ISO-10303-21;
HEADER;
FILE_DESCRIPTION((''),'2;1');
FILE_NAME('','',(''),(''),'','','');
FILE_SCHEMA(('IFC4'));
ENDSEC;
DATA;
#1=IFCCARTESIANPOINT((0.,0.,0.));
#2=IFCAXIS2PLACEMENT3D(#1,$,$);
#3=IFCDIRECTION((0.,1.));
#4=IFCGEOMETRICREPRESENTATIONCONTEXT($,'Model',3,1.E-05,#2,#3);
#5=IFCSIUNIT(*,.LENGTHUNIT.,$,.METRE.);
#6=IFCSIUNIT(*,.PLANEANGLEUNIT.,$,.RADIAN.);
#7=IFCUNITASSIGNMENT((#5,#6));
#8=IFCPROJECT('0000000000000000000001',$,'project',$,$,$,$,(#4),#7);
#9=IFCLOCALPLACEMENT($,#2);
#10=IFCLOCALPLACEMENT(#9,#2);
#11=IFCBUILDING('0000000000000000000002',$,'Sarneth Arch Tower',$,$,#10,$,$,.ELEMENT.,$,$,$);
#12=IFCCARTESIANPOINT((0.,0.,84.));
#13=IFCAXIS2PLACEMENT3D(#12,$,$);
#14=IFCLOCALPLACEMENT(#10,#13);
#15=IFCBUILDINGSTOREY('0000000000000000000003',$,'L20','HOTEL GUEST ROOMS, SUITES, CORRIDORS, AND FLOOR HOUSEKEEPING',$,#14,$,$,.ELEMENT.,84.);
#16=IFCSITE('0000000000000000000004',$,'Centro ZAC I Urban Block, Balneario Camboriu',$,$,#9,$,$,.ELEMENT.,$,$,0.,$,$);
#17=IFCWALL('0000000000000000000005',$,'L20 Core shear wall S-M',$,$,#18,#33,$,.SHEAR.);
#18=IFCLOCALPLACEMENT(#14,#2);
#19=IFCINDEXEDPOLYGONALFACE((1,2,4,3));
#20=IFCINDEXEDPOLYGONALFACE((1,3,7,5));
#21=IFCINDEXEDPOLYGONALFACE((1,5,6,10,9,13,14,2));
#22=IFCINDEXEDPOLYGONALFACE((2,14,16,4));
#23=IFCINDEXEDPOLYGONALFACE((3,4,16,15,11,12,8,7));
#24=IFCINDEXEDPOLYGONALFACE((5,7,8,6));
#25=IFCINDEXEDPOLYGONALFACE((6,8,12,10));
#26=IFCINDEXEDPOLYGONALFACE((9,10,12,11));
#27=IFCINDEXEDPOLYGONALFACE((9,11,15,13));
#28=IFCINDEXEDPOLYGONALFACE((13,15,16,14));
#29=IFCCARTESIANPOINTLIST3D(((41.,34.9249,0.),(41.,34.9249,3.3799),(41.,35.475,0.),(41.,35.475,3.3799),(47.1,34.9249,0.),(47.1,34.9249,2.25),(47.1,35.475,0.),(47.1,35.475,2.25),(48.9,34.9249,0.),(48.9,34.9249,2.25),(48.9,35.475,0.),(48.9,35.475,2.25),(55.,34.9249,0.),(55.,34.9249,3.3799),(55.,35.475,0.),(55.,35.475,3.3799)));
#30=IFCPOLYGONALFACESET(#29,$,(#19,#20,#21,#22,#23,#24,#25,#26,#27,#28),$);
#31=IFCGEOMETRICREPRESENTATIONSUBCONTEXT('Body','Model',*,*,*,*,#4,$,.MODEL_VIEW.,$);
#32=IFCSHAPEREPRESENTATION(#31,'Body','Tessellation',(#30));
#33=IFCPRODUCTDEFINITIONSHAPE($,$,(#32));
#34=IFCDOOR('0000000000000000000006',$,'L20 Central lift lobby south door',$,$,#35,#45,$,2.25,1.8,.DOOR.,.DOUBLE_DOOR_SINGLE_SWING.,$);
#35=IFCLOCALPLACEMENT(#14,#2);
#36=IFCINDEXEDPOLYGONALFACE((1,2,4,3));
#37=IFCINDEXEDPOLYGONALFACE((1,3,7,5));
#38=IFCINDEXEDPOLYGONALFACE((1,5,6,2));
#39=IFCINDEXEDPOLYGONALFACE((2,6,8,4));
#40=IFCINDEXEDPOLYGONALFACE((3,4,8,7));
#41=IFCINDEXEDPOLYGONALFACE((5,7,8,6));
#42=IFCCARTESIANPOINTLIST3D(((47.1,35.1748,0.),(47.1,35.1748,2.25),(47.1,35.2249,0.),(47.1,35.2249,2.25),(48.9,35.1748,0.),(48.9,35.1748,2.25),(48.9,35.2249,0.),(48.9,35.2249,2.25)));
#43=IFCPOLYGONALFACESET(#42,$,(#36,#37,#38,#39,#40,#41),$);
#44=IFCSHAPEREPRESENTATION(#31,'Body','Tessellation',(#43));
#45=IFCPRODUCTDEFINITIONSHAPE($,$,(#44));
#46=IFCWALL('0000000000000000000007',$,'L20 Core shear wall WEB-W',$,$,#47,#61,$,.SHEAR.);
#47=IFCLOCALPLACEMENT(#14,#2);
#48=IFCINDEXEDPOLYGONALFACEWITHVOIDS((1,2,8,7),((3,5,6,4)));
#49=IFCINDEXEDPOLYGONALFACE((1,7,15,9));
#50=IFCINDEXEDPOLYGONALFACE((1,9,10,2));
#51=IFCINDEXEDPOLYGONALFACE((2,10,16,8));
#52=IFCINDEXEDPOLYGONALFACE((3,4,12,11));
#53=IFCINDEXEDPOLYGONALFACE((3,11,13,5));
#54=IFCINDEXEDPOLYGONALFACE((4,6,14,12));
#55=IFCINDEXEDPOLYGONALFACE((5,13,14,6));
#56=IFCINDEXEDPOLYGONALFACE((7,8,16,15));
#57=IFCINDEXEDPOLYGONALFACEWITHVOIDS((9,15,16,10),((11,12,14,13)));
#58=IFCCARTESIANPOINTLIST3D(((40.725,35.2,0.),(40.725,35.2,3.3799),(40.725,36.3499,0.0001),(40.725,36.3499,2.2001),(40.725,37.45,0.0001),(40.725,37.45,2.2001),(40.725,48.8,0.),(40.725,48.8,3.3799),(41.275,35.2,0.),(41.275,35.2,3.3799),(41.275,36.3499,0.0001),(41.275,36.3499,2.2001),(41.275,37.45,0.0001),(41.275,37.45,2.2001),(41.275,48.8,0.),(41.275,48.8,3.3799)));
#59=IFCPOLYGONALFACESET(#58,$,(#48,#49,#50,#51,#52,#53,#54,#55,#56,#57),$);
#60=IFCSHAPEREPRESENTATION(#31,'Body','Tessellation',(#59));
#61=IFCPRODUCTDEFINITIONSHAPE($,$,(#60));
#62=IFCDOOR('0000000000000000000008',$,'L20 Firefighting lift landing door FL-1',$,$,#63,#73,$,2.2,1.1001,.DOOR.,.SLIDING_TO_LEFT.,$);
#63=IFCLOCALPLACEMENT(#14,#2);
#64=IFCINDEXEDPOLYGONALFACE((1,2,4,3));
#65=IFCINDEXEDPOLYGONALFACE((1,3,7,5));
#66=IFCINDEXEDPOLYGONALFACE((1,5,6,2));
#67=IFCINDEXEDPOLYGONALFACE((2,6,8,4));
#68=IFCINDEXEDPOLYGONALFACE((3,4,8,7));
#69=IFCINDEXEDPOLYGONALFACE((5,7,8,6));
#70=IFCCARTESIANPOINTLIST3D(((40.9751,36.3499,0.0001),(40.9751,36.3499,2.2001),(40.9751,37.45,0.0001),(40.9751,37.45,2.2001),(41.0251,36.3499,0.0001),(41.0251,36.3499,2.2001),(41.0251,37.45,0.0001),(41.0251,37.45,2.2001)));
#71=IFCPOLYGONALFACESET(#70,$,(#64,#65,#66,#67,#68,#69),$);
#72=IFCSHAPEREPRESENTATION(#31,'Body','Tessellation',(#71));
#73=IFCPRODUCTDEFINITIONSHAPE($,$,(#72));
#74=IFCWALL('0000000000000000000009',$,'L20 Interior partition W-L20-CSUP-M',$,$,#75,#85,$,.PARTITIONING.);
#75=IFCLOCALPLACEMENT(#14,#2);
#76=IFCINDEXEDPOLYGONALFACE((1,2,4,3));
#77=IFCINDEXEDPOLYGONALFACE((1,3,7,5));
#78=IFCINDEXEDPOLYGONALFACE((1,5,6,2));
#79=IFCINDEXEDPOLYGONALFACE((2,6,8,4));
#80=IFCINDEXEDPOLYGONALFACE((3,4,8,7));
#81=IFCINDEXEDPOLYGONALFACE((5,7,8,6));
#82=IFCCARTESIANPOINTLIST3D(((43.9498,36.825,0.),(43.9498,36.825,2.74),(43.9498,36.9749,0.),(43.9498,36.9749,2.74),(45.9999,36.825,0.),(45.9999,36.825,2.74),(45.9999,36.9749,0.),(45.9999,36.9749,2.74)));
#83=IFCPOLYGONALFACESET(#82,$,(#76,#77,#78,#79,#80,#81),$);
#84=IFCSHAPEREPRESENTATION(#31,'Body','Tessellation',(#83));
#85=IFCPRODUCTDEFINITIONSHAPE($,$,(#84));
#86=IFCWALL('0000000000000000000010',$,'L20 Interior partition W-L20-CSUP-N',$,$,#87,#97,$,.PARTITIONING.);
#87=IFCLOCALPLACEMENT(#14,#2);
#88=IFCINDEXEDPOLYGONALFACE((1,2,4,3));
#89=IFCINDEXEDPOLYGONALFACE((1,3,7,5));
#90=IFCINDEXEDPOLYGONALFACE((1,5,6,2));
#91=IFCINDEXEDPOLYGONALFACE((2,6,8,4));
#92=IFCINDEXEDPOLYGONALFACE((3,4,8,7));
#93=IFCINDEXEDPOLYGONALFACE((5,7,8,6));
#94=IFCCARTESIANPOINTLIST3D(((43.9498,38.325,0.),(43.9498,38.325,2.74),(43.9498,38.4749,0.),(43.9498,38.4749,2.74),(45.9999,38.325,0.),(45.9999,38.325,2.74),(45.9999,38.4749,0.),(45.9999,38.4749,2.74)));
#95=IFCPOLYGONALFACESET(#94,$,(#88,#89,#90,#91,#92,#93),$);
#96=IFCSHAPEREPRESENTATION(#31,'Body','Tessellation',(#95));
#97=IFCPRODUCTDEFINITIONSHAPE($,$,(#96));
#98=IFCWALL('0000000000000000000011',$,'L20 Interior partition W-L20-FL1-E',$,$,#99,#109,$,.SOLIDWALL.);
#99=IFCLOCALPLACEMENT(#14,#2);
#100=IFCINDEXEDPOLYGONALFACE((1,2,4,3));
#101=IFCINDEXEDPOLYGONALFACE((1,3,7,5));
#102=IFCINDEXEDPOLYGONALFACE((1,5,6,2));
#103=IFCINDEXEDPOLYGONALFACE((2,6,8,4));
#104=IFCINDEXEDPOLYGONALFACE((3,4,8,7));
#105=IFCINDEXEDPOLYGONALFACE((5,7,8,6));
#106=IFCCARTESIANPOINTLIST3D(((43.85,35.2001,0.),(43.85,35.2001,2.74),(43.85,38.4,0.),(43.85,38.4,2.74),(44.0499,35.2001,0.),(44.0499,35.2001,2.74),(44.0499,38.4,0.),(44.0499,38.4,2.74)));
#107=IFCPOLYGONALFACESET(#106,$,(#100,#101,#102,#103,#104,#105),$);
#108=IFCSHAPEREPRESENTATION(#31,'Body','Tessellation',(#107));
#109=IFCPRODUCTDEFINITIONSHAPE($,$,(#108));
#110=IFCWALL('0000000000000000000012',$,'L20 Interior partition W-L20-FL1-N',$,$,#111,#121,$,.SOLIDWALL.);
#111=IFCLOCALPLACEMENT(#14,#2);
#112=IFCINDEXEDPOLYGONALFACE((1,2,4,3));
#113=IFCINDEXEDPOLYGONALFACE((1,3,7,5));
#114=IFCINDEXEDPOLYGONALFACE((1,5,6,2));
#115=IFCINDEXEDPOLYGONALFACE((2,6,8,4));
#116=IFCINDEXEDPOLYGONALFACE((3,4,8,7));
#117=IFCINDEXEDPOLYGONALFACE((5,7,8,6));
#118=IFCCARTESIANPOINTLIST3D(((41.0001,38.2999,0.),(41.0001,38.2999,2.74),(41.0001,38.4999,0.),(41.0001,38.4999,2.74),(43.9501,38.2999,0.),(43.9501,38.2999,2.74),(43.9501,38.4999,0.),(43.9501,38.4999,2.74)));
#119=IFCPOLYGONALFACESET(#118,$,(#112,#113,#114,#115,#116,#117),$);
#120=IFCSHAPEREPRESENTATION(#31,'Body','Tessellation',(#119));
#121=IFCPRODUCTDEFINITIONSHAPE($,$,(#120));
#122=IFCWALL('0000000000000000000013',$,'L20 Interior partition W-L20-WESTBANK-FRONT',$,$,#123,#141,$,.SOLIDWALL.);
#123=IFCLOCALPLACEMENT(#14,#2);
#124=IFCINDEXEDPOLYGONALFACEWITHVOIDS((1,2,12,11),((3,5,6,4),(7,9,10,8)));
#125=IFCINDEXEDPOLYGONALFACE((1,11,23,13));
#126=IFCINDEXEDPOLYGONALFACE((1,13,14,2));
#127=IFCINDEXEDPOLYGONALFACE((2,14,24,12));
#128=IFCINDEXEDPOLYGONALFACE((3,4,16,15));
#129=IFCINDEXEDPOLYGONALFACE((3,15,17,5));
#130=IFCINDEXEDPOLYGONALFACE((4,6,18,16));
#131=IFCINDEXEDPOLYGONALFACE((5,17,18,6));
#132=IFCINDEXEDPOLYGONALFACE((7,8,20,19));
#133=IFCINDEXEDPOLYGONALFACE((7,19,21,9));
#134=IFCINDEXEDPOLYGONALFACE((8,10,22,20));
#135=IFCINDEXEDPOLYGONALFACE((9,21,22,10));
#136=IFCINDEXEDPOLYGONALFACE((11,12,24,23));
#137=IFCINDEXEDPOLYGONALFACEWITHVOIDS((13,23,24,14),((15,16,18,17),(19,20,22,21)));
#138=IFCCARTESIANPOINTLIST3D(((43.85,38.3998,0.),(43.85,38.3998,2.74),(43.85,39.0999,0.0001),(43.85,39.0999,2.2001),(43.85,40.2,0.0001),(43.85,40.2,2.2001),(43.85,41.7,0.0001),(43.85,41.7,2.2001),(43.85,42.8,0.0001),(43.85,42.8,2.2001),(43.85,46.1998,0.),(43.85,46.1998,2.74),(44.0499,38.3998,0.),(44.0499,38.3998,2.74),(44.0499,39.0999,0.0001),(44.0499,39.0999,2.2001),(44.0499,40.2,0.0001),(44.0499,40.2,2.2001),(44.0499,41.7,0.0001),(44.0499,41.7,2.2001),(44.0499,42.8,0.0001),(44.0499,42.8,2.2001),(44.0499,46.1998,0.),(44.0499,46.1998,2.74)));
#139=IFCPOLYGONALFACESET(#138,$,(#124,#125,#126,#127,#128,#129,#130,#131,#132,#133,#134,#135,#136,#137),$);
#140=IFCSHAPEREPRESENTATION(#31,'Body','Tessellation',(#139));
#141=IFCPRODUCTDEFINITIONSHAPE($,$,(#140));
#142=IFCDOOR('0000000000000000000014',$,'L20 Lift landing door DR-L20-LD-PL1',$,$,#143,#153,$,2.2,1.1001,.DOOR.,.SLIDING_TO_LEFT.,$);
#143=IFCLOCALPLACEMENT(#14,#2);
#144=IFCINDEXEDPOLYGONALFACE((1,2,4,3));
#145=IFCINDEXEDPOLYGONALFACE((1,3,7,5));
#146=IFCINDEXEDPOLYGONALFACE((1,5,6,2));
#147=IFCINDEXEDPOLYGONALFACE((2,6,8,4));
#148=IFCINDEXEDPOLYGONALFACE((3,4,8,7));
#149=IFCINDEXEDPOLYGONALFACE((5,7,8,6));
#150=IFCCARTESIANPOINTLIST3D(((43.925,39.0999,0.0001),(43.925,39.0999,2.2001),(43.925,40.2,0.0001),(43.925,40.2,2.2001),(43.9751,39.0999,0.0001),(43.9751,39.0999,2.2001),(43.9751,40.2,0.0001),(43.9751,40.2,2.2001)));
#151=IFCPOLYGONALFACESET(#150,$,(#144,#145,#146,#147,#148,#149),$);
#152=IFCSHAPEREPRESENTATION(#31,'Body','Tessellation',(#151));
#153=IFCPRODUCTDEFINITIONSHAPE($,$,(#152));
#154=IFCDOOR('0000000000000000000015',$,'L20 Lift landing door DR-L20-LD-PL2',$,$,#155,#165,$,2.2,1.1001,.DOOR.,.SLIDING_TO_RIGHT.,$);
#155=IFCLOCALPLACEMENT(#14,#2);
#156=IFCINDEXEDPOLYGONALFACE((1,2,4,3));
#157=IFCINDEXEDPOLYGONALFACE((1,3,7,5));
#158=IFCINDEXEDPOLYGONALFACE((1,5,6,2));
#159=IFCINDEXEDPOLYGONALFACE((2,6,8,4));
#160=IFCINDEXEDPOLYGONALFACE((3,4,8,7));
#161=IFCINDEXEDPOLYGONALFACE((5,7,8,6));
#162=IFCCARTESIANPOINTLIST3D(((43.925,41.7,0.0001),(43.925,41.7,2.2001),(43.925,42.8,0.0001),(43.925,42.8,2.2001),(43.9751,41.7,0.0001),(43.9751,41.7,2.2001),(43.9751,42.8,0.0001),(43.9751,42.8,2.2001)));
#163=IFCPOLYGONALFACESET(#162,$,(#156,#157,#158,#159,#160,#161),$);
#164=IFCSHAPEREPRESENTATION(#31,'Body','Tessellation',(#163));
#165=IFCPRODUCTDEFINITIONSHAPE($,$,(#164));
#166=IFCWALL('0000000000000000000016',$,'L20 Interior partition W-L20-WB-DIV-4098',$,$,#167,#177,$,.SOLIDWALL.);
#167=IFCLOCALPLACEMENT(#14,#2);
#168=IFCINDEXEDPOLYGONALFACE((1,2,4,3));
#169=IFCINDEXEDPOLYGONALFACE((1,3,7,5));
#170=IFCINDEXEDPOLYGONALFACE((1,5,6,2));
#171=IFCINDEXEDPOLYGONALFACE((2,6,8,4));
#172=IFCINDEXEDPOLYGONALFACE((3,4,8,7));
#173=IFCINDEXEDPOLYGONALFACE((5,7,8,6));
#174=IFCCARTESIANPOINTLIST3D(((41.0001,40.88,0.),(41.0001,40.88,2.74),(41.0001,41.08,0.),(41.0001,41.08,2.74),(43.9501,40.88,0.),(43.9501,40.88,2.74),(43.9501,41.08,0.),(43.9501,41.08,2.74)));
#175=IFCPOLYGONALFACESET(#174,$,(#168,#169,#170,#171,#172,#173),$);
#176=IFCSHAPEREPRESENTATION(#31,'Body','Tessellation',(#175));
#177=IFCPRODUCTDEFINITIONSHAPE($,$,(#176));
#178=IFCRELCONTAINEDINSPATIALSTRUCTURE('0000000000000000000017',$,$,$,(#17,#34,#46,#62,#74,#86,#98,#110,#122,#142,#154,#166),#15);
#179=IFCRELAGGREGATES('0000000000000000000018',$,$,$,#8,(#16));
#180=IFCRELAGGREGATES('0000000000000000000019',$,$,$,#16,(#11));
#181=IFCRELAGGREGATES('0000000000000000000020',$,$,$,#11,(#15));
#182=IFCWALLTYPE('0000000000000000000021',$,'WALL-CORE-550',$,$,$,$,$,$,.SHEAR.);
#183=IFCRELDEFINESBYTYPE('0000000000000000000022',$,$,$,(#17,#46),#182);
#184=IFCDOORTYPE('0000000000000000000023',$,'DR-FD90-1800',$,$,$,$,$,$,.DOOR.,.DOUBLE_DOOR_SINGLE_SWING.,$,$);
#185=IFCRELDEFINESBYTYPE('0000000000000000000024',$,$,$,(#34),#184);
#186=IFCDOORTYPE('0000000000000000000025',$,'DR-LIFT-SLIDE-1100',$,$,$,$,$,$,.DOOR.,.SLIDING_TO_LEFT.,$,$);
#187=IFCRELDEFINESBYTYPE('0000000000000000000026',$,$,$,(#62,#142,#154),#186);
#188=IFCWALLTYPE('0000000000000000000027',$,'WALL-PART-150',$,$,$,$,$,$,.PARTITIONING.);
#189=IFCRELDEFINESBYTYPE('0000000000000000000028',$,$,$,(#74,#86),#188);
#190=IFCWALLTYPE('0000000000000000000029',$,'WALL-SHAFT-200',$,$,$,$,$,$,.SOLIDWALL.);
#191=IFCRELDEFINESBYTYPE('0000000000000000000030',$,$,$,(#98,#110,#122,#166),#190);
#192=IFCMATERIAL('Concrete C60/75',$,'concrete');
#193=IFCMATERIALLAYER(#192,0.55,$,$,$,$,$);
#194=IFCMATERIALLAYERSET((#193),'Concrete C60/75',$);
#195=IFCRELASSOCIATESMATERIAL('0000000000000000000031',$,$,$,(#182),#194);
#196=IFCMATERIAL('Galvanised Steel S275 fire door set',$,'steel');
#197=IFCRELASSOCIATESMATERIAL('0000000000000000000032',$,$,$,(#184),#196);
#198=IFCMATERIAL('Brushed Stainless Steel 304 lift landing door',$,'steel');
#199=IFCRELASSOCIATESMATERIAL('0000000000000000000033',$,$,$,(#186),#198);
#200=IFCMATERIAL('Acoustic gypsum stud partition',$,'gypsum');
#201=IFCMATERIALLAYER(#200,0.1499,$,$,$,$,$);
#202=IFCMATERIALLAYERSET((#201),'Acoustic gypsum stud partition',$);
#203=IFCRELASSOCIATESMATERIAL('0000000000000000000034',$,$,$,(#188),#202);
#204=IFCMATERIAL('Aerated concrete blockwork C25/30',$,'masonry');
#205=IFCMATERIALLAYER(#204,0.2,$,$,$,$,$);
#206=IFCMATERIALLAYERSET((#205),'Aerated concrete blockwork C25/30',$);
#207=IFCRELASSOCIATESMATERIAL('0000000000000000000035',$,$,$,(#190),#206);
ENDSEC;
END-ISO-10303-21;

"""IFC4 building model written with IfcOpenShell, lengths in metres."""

from ifc_helpers import new_model, si_unit, direction, frame, frame_2d, origin, place, context, subcontext, project, spatial, rectangle, extrude, material, layer, layer_set, type_object, element, fill, save


model = new_model("IFC4")

# Units and contexts
model_context = context("Model", 3, precision=1e-05, world=origin(), true_north=direction((0.0, 1.0)))
body_context = subcontext(model_context, "Body", "Model", "MODEL_VIEW")
ifc_project = project(units=[si_unit("LENGTHUNIT", "METRE"), si_unit("PLANEANGLEUNIT", "RADIAN")], contexts=[model_context])

# Site, building, storey
site_placement = place(None, origin())
site = spatial("IfcSite", under=ifc_project, at=site_placement, Name="Centro ZAC I Urban Block, Balneario Camboriu", CompositionType="ELEMENT", RefElevation=0.0)
building_placement = place(site_placement, origin())
building = spatial("IfcBuilding", under=site, at=building_placement, Name="Sarneth Arch Tower", CompositionType="ELEMENT")
storey_placement = place(building_placement, frame((0.0, 0.0, 84.0)))
storey = spatial("IfcBuildingStorey", under=building, at=storey_placement, Name="L20", Description="HOTEL GUEST ROOMS, SUITES, CORRIDORS, AND FLOOR HOUSEKEEPING", CompositionType="ELEMENT", Elevation=84.0)

# Shared definitions
ifc_material_1 = material(Name="Concrete C60/75", Category="concrete")
ifc_layer_1 = layer(ifc_material_1, 0.55)
ifc_layer_set_1 = layer_set([ifc_layer_1], Name="Concrete C60/75")
wall_type_1 = type_object("IfcWallType", Name="WALL-CORE-550", PredefinedType="SHEAR", material=ifc_layer_set_1)

# Walls, openings, doors
wall_1_placement = place(storey_placement, frame((41.0, 35.2, 0.0), z_axis=(0.0, 0.0, 1.0), x_axis=(1.0, 0.0, 0.0)))
wall_1 = element("IfcWall", 1, at=wall_1_placement, inside=storey, type_object=wall_type_1, Name="L20 Core shear wall S-M", PredefinedType="SHEAR", context=body_context, shape_type="SweptSolid", body=[
    extrude(rectangle(XDim=14.0, YDim=0.55, at=frame_2d((7.0, 0.0))), origin(), (0.0, 0.0, 1.0), 3.3799),
])
opening_1_placement = place(wall_1_placement, frame((6.1001, 0.0, 0.0)))
opening_1 = element("IfcOpeningElement", 2, at=opening_1_placement, cuts=wall_1, PredefinedType="OPENING", context=body_context, shape_type="SweptSolid", body=[
    extrude(rectangle(XDim=1.8, YDim=2.25, at=frame_2d((0.8999, 1.125))), frame((0.0, 0.2849, 0.0), z_axis=(0.0, -1.0, 0.0), x_axis=(1.0, 0.0, 0.0)), (0.0, 0.0, 1.0), 0.5701),
])
ifc_material_2 = material(Name="Galvanised Steel S275 fire door set", Category="steel")
door_type_1 = type_object("IfcDoorType", Name="DR-FD90-1800", OperationType="DOUBLE_DOOR_SINGLE_SWING", PredefinedType="DOOR", material=ifc_material_2)
door_1_placement = place(opening_1_placement, origin())
door_1 = element("IfcDoor", 3, at=door_1_placement, inside=storey, type_object=door_type_1, Name="L20 Central lift lobby south door", OperationType="DOUBLE_DOOR_SINGLE_SWING", OverallHeight=2.25, OverallWidth=1.8, PredefinedType="DOOR", context=body_context, shape_type="SweptSolid", body=[
    extrude(rectangle(XDim=1.8, YDim=2.25, at=frame_2d((0.8999, 1.125))), frame((0.0, 0.0249, 0.0), z_axis=(0.0, -1.0, 0.0), x_axis=(1.0, 0.0, 0.0)), (0.0, 0.0, 1.0), 0.05),
])
fill(opening_1, door_1)
wall_2_placement = place(storey_placement, frame((41.0, 35.2, 0.0), z_axis=(0.0, 0.0, 1.0), x_axis=(0.0, 1.0, 0.0)))
wall_2 = element("IfcWall", 4, at=wall_2_placement, inside=storey, type_object=wall_type_1, Name="L20 Core shear wall WEB-W", PredefinedType="SHEAR", context=body_context, shape_type="SweptSolid", body=[
    extrude(rectangle(XDim=13.6001, YDim=0.55, at=frame_2d((6.8, 0.0))), origin(), (0.0, 0.0, 1.0), 3.3799),
])
opening_2_placement = place(wall_2_placement, frame((1.1499, 0.0, 0.0)))
opening_2 = element("IfcOpeningElement", 5, at=opening_2_placement, cuts=wall_2, PredefinedType="OPENING", context=body_context, shape_type="SweptSolid", body=[
    extrude(rectangle(XDim=1.1001, YDim=2.2, at=frame_2d((0.55, 1.1001))), frame((0.0, 0.2849, 0.0), z_axis=(0.0, -1.0, 0.0), x_axis=(1.0, 0.0, 0.0)), (0.0, 0.0, 1.0), 0.5701),
])
ifc_material_3 = material(Name="Brushed Stainless Steel 304 lift landing door", Category="steel")
door_type_2 = type_object("IfcDoorType", Name="DR-LIFT-SLIDE-1100", OperationType="SLIDING_TO_LEFT", PredefinedType="DOOR", material=ifc_material_3)
door_2_placement = place(opening_2_placement, origin())
door_2 = element("IfcDoor", 6, at=door_2_placement, inside=storey, type_object=door_type_2, Name="L20 Firefighting lift landing door FL-1", OperationType="SLIDING_TO_LEFT", OverallHeight=2.2, OverallWidth=1.1001, PredefinedType="DOOR", context=body_context, shape_type="SweptSolid", body=[
    extrude(rectangle(XDim=1.1001, YDim=2.2, at=frame_2d((0.55, 1.1001))), frame((0.0, 0.0249, 0.0), z_axis=(0.0, -1.0, 0.0), x_axis=(1.0, 0.0, 0.0)), (0.0, 0.0, 1.0), 0.05),
])
fill(opening_2, door_2)

# Walls
ifc_material_4 = material(Name="Acoustic gypsum stud partition", Category="gypsum")
ifc_layer_2 = layer(ifc_material_4, 0.1499)
ifc_layer_set_2 = layer_set([ifc_layer_2], Name="Acoustic gypsum stud partition")
wall_type_2 = type_object("IfcWallType", Name="WALL-PART-150", PredefinedType="PARTITIONING", material=ifc_layer_set_2)
for number, where, z_axis, x_axis, name in (
    (7, (43.95, 36.8999, 0.0), (0.0, 0.0, 1.0), (1.0, 0.0, 0.0), "L20 Interior partition W-L20-CSUP-M"),
    (8, (43.95, 38.3999, 0.0), (0.0, 0.0, 1.0), (1.0, 0.0, 0.0), "L20 Interior partition W-L20-CSUP-N"),
):
    element("IfcWall", number, at=place(storey_placement, frame(where, z_axis=z_axis, x_axis=x_axis)), inside=storey, type_object=wall_type_2, Name=name, PredefinedType="PARTITIONING", context=body_context, shape_type="SweptSolid", body=[
        extrude(rectangle(XDim=2.05, YDim=0.1499, at=frame_2d((1.0249, 0.0))), origin(), (0.0, 0.0, 1.0), 2.74),
    ])

# Shared definitions
ifc_material_5 = material(Name="Aerated concrete blockwork C25/30", Category="masonry")
ifc_layer_3 = layer(ifc_material_5, 0.2)
ifc_layer_set_3 = layer_set([ifc_layer_3], Name="Aerated concrete blockwork C25/30")
wall_type_3 = type_object("IfcWallType", Name="WALL-SHAFT-200", PredefinedType="SOLIDWALL", material=ifc_layer_set_3)

# Walls
wall_3_placement = place(storey_placement, frame((43.95, 35.2, 0.0), z_axis=(0.0, 0.0, 1.0), x_axis=(0.0, 1.0, 0.0)))
element("IfcWall", 9, at=wall_3_placement, inside=storey, type_object=wall_type_3, Name="L20 Interior partition W-L20-FL1-E", PredefinedType="SOLIDWALL", context=body_context, shape_type="SweptSolid", body=[
    extrude(rectangle(XDim=3.2, YDim=0.2, at=frame_2d((1.6001, 0.0))), origin(), (0.0, 0.0, 1.0), 2.74),
])
wall_4_placement = place(storey_placement, frame((41.0, 38.3999, 0.0), z_axis=(0.0, 0.0, 1.0), x_axis=(1.0, 0.0, 0.0)))
element("IfcWall", 10, at=wall_4_placement, inside=storey, type_object=wall_type_3, Name="L20 Interior partition W-L20-FL1-N", PredefinedType="SOLIDWALL", context=body_context, shape_type="SweptSolid", body=[
    extrude(rectangle(XDim=2.95, YDim=0.2, at=frame_2d((1.4751, 0.0))), origin(), (0.0, 0.0, 1.0), 2.74),
])

# Wall, openings, doors
wall_5_placement = place(storey_placement, frame((43.95, 38.3999, 0.0), z_axis=(0.0, 0.0, 1.0), x_axis=(0.0, 1.0, 0.0)))
wall_5 = element("IfcWall", 11, at=wall_5_placement, inside=storey, type_object=wall_type_3, Name="L20 Interior partition W-L20-WESTBANK-FRONT", PredefinedType="SOLIDWALL", context=body_context, shape_type="SweptSolid", body=[
    extrude(rectangle(XDim=7.8, YDim=0.2, at=frame_2d((3.8999, 0.0))), origin(), (0.0, 0.0, 1.0), 2.74),
])
opening_3_placement = place(wall_5_placement, frame((0.7, 0.0, 0.0)))
opening_3 = element("IfcOpeningElement", 12, at=opening_3_placement, cuts=wall_5, PredefinedType="OPENING", context=body_context, shape_type="SweptSolid", body=[
    extrude(rectangle(XDim=1.1001, YDim=2.2, at=frame_2d((0.55, 1.1001))), frame((0.0, 0.1099, 0.0), z_axis=(0.0, -1.0, 0.0), x_axis=(1.0, 0.0, 0.0)), (0.0, 0.0, 1.0), 0.22),
])
opening_4_placement = place(wall_5_placement, frame((3.3, 0.0, 0.0)))
opening_4 = element("IfcOpeningElement", 13, at=opening_4_placement, cuts=wall_5, PredefinedType="OPENING", context=body_context, shape_type="SweptSolid", body=[
    extrude(rectangle(XDim=1.1001, YDim=2.2, at=frame_2d((0.55, 1.1001))), frame((0.0, 0.1099, 0.0), z_axis=(0.0, -1.0, 0.0), x_axis=(1.0, 0.0, 0.0)), (0.0, 0.0, 1.0), 0.22),
])
door_3_placement = place(opening_3_placement, origin())
door_3 = element("IfcDoor", 14, at=door_3_placement, inside=storey, type_object=door_type_2, Name="L20 Lift landing door DR-L20-LD-PL1", OperationType="SLIDING_TO_LEFT", OverallHeight=2.2, OverallWidth=1.1001, PredefinedType="DOOR", context=body_context, shape_type="SweptSolid", body=[
    extrude(rectangle(XDim=1.1001, YDim=2.2, at=frame_2d((0.55, 1.1001))), frame((0.0, 0.0249, 0.0), z_axis=(0.0, -1.0, 0.0), x_axis=(1.0, 0.0, 0.0)), (0.0, 0.0, 1.0), 0.05),
])
fill(opening_3, door_3)
door_4_placement = place(opening_4_placement, origin())
door_4 = element("IfcDoor", 15, at=door_4_placement, inside=storey, type_object=door_type_2, Name="L20 Lift landing door DR-L20-LD-PL2", OperationType="SLIDING_TO_RIGHT", OverallHeight=2.2, OverallWidth=1.1001, PredefinedType="DOOR", context=body_context, shape_type="SweptSolid", body=[
    extrude(rectangle(XDim=1.1001, YDim=2.2, at=frame_2d((0.55, 1.1001))), frame((0.0, 0.0249, 0.0), z_axis=(0.0, -1.0, 0.0), x_axis=(1.0, 0.0, 0.0)), (0.0, 0.0, 1.0), 0.05),
])
fill(opening_4, door_4)

# Wall
wall_6_placement = place(storey_placement, frame((41.0, 40.98, 0.0), z_axis=(0.0, 0.0, 1.0), x_axis=(1.0, 0.0, 0.0)))
element("IfcWall", 16, at=wall_6_placement, inside=storey, type_object=wall_type_3, Name="L20 Interior partition W-L20-WB-DIV-4098", PredefinedType="SOLIDWALL", context=body_context, shape_type="SweptSolid", body=[
    extrude(rectangle(XDim=2.95, YDim=0.2, at=frame_2d((1.4751, 0.0))), origin(), (0.0, 0.0, 1.0), 2.74),
])

save(model, "model.ifc")
